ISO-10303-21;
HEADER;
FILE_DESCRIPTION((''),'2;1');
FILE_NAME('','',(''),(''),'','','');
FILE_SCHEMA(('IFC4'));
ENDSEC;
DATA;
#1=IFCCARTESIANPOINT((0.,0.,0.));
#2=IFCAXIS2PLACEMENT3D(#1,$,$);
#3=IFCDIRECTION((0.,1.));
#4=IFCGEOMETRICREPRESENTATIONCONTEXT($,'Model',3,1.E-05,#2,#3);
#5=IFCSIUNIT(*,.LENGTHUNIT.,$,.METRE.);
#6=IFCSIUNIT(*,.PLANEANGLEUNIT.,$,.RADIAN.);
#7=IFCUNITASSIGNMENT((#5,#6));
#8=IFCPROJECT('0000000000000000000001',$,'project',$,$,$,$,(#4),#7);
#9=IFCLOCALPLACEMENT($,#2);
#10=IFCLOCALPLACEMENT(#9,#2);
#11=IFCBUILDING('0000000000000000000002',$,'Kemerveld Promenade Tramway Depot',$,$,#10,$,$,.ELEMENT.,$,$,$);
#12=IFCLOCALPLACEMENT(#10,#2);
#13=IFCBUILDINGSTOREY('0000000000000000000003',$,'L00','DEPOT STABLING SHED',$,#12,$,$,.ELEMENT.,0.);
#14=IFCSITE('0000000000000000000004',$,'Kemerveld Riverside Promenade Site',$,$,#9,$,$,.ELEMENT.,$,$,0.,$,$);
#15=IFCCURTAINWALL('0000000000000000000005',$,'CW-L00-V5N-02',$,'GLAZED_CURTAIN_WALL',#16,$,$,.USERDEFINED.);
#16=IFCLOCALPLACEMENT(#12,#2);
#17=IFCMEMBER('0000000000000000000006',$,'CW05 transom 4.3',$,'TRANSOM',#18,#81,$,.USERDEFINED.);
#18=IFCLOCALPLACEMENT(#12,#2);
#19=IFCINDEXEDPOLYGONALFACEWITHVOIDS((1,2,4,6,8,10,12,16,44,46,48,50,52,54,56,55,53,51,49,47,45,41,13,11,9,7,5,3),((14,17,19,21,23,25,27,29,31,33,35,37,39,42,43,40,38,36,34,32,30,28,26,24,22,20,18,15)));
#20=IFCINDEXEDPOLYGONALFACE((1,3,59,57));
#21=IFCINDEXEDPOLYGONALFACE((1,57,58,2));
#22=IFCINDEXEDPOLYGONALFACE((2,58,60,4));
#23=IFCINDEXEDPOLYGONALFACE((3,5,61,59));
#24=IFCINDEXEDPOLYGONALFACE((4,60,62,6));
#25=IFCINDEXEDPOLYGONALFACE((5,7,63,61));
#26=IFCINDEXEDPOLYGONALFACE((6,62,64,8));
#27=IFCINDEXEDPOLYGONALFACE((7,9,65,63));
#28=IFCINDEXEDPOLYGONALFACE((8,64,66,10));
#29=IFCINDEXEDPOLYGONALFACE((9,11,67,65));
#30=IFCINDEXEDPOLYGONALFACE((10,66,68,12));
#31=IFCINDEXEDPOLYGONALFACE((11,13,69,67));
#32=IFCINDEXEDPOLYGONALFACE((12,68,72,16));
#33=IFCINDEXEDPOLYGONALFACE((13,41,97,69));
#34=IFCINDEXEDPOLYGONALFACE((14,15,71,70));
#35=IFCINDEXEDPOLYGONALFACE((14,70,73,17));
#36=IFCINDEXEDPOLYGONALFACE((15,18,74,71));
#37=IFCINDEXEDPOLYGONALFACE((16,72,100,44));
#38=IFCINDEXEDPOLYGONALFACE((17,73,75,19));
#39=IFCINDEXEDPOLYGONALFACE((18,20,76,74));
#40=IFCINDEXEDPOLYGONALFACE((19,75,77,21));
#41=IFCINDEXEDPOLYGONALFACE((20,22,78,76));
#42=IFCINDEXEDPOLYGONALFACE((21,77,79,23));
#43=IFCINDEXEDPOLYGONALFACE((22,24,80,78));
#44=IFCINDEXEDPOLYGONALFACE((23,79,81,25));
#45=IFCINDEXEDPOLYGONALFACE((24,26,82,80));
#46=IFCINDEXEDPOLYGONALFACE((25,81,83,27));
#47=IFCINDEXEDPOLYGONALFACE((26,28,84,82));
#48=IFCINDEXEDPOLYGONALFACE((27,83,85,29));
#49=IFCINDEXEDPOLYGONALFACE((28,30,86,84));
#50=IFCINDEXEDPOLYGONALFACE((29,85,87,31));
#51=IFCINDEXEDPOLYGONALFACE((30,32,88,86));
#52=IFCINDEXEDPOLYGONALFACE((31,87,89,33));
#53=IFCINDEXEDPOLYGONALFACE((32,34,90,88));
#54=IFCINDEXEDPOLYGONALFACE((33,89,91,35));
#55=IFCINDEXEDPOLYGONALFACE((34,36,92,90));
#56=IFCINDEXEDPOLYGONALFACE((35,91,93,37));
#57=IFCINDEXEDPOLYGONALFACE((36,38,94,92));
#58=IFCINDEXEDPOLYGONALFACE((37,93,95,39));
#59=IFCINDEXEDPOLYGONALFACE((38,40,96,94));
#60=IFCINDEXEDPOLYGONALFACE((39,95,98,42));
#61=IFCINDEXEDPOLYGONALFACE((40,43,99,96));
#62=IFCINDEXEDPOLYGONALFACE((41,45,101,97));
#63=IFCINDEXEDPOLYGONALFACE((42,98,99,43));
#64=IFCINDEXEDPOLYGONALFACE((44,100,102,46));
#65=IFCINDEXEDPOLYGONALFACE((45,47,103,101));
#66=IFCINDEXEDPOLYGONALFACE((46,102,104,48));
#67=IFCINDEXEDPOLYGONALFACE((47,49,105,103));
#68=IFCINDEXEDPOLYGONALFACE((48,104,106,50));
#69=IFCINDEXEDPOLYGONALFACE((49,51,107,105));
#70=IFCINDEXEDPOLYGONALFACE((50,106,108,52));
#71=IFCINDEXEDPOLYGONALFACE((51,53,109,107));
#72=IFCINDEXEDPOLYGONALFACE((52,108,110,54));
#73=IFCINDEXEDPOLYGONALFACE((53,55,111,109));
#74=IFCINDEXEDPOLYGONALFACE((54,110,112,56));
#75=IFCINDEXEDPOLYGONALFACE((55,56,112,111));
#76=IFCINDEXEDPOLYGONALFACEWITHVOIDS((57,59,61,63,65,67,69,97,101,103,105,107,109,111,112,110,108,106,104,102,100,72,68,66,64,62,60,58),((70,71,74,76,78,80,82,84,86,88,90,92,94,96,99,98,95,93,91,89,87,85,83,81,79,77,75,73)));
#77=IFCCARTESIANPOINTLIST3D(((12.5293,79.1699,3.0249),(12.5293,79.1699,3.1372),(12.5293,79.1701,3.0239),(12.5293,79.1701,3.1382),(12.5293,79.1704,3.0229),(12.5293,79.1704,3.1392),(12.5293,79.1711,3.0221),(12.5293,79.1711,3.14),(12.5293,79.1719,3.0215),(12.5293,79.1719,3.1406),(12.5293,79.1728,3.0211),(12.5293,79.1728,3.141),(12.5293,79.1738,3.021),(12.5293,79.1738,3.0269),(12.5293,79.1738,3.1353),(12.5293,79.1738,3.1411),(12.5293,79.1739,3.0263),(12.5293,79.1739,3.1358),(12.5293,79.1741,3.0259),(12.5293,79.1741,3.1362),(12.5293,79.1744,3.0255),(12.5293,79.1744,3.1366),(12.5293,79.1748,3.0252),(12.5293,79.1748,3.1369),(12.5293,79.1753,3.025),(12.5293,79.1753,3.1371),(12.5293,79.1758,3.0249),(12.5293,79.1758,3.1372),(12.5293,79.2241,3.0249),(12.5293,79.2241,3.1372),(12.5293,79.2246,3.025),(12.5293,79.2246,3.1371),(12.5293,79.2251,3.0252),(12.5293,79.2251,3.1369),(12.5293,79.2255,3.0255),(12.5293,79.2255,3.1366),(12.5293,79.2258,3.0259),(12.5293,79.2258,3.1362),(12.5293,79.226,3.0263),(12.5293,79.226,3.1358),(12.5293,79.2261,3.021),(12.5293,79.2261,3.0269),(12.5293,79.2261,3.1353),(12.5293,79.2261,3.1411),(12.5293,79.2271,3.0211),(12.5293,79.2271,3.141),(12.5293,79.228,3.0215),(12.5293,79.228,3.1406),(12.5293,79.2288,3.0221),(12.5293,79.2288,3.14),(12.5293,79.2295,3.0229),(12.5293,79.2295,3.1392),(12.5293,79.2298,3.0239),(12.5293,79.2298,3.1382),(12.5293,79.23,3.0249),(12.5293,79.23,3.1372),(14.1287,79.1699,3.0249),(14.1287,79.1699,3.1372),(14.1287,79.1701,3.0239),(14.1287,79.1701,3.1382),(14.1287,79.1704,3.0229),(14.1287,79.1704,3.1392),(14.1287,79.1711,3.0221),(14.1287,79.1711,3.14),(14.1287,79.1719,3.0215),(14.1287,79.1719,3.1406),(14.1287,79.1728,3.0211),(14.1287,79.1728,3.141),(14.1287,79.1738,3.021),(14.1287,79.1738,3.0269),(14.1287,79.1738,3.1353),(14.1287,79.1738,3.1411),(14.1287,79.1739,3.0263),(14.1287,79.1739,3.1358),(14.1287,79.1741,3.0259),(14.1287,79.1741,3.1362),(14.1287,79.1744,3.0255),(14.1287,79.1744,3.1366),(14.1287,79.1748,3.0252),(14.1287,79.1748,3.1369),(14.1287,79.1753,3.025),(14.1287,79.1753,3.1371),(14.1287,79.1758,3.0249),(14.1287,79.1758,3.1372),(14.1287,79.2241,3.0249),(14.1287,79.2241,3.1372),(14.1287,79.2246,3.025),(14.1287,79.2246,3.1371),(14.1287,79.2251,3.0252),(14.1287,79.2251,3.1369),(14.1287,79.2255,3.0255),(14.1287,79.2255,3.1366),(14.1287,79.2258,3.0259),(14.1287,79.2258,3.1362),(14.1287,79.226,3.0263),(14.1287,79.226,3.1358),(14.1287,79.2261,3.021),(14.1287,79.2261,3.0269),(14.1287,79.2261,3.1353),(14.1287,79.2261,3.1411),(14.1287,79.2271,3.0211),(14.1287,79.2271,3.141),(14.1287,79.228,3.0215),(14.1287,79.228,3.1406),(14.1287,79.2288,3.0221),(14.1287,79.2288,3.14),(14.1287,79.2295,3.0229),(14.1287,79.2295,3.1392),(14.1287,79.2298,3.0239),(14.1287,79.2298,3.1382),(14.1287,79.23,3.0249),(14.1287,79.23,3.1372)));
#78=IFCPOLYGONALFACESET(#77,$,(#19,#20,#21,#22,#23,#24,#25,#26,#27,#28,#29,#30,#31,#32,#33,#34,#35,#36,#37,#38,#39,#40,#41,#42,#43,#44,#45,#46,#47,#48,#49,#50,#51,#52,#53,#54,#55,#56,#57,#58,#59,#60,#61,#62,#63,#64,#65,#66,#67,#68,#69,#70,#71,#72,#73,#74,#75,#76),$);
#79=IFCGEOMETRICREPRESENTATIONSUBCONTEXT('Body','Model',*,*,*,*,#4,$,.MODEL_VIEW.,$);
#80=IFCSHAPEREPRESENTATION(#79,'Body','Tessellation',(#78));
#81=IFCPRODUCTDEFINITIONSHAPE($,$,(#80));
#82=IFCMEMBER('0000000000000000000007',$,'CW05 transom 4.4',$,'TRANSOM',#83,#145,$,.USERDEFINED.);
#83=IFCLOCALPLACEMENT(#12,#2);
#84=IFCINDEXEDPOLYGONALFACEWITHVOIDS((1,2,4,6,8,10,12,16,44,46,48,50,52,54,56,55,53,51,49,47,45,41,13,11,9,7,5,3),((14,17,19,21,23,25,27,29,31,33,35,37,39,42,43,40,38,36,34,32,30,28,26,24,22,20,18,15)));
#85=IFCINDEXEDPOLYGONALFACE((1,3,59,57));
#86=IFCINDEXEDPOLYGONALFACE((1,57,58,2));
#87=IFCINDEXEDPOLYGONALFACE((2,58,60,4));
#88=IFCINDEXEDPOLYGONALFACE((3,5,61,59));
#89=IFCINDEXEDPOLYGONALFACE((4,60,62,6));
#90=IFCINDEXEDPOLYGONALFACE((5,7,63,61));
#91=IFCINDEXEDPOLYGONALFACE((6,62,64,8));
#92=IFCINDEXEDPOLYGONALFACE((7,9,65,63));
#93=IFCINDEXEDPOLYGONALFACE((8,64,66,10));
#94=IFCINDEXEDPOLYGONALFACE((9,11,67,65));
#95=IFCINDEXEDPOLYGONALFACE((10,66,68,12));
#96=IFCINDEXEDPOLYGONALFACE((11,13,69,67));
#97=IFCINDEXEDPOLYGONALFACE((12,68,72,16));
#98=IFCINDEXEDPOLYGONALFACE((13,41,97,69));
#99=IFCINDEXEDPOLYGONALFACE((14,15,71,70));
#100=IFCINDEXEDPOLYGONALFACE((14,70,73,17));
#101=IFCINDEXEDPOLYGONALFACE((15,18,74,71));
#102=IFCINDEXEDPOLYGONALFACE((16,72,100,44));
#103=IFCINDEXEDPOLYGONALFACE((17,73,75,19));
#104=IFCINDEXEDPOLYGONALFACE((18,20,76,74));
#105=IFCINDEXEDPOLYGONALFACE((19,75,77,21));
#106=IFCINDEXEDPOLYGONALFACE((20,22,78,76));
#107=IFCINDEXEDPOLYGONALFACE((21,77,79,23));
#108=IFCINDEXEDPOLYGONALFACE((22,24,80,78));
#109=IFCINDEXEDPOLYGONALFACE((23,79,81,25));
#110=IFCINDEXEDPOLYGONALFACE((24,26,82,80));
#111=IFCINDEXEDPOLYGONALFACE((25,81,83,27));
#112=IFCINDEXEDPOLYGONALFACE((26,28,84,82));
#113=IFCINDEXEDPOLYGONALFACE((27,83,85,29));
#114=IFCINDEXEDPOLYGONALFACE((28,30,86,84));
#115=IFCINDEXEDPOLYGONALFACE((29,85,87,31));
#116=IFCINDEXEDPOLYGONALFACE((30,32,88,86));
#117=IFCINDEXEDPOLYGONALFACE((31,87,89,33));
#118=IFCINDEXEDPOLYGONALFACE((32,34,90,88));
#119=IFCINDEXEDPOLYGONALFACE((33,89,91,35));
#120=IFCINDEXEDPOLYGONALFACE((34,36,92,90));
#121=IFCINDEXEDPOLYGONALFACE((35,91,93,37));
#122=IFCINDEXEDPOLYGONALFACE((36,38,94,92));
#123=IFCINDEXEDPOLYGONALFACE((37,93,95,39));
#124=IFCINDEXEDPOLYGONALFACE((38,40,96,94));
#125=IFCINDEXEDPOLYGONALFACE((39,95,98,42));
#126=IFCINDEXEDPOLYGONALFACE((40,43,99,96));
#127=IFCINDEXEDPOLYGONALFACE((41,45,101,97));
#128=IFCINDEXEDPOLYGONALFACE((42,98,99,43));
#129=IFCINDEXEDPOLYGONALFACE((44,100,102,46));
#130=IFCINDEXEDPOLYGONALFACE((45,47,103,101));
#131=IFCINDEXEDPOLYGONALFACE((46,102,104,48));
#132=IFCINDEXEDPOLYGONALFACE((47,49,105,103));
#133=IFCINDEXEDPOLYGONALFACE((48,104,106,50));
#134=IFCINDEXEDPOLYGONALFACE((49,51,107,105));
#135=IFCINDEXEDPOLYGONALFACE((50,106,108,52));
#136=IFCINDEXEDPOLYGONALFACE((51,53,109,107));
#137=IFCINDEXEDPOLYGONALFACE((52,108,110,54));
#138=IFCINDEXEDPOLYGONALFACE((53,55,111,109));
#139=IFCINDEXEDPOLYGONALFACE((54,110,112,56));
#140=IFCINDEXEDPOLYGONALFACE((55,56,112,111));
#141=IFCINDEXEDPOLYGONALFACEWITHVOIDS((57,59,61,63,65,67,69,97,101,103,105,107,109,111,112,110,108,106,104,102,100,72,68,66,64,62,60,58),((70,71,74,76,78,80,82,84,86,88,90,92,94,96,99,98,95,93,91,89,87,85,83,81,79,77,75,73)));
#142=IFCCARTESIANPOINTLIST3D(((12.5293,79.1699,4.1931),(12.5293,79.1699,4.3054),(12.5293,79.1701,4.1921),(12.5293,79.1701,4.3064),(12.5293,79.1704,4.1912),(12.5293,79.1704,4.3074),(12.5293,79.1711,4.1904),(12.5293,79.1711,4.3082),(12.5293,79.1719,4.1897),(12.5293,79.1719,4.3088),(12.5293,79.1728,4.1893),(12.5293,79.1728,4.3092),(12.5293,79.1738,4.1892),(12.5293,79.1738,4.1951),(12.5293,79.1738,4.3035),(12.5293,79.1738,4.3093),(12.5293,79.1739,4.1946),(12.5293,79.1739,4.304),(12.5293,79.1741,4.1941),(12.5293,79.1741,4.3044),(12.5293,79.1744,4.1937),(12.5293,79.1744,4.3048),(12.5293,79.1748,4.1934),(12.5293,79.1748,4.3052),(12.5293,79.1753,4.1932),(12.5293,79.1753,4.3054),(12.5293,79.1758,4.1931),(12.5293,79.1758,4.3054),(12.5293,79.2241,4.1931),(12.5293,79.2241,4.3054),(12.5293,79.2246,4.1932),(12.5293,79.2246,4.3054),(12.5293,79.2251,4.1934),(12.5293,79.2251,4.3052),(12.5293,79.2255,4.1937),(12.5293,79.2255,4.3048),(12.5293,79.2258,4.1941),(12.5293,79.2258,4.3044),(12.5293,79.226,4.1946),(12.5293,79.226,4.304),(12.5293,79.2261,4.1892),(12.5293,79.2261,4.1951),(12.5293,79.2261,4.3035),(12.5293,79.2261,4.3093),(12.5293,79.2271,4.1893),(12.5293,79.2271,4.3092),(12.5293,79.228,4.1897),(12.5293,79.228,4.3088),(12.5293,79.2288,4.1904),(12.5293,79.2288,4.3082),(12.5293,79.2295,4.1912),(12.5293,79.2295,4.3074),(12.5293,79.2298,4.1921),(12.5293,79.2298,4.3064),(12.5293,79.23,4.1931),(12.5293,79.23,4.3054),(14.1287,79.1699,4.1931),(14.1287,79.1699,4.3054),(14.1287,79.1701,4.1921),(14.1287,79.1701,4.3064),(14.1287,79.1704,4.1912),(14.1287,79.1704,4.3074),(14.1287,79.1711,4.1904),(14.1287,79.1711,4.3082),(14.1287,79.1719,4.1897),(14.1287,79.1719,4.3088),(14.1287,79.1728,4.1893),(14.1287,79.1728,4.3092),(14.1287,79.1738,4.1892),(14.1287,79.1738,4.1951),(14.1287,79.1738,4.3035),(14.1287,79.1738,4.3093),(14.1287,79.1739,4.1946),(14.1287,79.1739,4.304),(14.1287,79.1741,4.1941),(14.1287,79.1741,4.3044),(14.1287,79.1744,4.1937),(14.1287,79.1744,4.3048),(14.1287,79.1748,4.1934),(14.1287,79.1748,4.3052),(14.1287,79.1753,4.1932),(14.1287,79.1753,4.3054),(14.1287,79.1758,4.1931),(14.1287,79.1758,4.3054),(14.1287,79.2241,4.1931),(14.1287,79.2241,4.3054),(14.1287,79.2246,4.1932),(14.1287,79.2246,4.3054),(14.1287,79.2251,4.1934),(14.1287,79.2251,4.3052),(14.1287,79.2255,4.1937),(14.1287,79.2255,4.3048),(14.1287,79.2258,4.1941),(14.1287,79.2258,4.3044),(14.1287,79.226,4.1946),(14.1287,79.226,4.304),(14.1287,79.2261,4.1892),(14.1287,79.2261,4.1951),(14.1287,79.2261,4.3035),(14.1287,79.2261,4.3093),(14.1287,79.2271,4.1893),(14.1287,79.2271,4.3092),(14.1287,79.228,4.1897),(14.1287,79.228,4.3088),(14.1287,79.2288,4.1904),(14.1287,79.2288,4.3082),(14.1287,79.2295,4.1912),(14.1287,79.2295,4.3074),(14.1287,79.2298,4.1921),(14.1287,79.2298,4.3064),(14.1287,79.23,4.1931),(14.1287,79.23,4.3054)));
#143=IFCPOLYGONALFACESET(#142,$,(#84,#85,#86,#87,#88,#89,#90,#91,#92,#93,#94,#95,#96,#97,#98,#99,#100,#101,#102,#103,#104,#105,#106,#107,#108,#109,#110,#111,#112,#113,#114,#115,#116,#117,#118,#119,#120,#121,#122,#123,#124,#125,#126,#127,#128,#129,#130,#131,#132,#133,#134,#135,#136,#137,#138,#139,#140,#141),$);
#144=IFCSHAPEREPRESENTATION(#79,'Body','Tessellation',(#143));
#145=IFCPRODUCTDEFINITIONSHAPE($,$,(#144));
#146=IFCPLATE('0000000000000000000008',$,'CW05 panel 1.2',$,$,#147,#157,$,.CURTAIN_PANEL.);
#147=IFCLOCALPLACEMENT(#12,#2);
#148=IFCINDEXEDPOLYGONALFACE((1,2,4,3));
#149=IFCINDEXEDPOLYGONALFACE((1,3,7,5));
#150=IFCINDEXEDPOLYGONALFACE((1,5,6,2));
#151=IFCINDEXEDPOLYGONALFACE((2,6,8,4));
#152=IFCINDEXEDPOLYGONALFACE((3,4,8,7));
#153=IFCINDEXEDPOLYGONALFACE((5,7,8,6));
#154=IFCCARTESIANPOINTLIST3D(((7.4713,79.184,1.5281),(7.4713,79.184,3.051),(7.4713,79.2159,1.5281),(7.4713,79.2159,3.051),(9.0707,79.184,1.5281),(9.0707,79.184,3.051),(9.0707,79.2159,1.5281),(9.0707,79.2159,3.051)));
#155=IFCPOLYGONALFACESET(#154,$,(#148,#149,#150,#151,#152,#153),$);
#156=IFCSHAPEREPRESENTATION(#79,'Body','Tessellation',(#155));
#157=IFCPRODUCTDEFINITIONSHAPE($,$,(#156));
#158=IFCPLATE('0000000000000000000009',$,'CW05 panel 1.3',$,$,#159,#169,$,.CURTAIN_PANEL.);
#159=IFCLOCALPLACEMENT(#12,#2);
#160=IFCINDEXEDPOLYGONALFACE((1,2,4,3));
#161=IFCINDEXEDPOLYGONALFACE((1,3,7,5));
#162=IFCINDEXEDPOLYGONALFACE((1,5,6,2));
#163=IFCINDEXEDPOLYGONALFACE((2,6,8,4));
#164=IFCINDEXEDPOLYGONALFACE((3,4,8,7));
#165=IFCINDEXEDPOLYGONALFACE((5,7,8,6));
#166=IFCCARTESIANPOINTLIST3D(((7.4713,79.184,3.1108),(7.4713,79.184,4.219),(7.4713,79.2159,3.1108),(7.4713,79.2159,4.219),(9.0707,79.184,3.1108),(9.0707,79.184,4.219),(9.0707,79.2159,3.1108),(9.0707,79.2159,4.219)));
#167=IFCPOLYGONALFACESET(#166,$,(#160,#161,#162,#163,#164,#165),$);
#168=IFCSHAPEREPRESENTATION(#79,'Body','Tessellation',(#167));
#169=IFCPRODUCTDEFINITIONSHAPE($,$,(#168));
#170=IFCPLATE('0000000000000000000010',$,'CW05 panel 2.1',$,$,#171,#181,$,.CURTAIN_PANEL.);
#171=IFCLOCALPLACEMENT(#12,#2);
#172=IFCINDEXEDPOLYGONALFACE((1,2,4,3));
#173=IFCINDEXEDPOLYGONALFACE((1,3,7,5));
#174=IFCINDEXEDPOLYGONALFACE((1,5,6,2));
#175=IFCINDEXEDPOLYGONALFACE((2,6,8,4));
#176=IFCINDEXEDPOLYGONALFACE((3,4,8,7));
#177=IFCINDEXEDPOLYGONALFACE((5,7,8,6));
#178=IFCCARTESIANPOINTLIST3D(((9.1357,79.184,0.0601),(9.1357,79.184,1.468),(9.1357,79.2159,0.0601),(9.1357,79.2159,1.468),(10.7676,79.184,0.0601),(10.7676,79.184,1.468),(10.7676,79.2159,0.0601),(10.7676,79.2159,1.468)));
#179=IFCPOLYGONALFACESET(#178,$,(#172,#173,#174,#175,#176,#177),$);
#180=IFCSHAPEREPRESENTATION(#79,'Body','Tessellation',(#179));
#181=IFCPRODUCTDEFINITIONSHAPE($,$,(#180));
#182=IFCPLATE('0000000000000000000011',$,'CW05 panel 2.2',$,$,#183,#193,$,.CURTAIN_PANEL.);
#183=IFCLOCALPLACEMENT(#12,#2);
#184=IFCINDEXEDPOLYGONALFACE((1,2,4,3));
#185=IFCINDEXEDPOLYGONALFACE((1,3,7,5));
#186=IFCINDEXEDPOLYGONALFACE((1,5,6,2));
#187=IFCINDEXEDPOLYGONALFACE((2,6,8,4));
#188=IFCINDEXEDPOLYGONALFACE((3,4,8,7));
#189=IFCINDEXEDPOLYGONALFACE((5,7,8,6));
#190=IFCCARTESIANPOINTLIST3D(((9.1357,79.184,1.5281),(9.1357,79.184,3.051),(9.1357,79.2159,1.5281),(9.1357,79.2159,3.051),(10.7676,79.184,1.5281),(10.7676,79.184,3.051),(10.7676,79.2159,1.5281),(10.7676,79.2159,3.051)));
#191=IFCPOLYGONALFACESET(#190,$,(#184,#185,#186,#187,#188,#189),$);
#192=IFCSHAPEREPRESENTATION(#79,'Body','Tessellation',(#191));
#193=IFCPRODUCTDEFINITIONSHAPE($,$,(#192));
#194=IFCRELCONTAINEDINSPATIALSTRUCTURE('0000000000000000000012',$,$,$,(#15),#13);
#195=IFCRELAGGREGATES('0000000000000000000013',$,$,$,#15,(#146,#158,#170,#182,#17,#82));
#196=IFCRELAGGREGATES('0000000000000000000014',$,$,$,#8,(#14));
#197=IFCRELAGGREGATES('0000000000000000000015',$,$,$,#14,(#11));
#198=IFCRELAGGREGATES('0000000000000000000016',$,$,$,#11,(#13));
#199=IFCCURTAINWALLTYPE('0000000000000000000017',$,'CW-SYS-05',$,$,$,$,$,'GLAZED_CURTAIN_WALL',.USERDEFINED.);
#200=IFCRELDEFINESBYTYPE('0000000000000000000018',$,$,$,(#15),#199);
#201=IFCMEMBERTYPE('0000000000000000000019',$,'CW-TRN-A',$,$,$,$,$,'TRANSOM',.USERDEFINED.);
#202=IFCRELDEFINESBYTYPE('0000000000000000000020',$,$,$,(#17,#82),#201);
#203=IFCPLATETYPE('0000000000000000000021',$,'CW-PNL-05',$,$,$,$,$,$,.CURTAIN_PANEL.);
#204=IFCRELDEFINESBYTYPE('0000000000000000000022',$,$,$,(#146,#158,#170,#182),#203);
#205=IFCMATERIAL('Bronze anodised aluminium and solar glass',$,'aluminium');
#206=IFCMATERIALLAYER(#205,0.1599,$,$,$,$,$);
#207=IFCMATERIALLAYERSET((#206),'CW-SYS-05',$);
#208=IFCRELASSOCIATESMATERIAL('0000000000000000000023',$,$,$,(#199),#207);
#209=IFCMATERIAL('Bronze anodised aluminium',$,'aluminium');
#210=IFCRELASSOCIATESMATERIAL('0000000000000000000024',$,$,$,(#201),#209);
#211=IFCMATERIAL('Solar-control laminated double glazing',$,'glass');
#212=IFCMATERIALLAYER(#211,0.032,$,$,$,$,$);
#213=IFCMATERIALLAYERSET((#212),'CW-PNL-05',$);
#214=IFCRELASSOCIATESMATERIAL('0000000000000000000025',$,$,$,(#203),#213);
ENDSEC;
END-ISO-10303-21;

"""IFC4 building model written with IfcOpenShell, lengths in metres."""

from ifc_helpers import new_model, si_unit, direction, frame, origin, origin_2d, place, context, subcontext, project, spatial, rectangle, hollow_rectangle, extrude, material, layer, layer_set, material_profile, profile_set, type_object, element, aggregate, save


model = new_model("IFC4")

# Units and contexts
model_context = context("Model", 3, precision=1e-05, world=origin(), true_north=direction((0.0, 1.0)))
body_context = subcontext(model_context, "Body", "Model", "MODEL_VIEW")
ifc_project = project(units=[si_unit("LENGTHUNIT", "METRE"), si_unit("PLANEANGLEUNIT", "RADIAN")], contexts=[model_context])

# Site, building, storey
site_placement = place(None, origin())
site = spatial("IfcSite", under=ifc_project, at=site_placement, Name="Kemerveld Riverside Promenade Site", CompositionType="ELEMENT", RefElevation=0.0)
building_placement = place(site_placement, origin())
building = spatial("IfcBuilding", under=site, at=building_placement, Name="Kemerveld Promenade Tramway Depot", CompositionType="ELEMENT")
storey_placement = place(building_placement, origin())
storey = spatial("IfcBuildingStorey", under=building, at=storey_placement, Name="L00", Description="DEPOT STABLING SHED", CompositionType="ELEMENT", Elevation=0.0)

# Curtain wall, members, plates
ifc_material_1 = material(Name="Bronze anodised aluminium and solar glass", Category="aluminium")
ifc_layer_1 = layer(ifc_material_1, 0.1599)
ifc_layer_set_1 = layer_set([ifc_layer_1], Name="CW-SYS-05")
curtain_wall_type = type_object("IfcCurtainWallType", Name="CW-SYS-05", ElementType="GLAZED_CURTAIN_WALL", PredefinedType="USERDEFINED", material=ifc_layer_set_1)
curtain_wall_placement = place(storey_placement, origin())
curtain_wall = element("IfcCurtainWall", 1, at=curtain_wall_placement, inside=storey, type_object=curtain_wall_type, Name="CW-L00-V5N-02", ObjectType="GLAZED_CURTAIN_WALL", PredefinedType="USERDEFINED")
ifc_material_2 = material(Name="Bronze anodised aluminium", Category="aluminium")
ifc_material_profile_1 = material_profile(ifc_material_2, hollow_rectangle(XDim=0.0601, YDim=0.1201, WallThickness=0.0039, InnerFilletRadius=0.002, OuterFilletRadius=0.0039, at=origin_2d()), Name="CW-TRN-120x60")
ifc_profile_set_1 = profile_set([ifc_material_profile_1], Name="Bronze anodised aluminium")
member_type_1 = type_object("IfcMemberType", Name="CW-TRN-A", ElementType="TRANSOM", PredefinedType="USERDEFINED", material=ifc_profile_set_1)
member_1_placement = place(storey_placement, frame((12.5293, 79.2, 3.0811), z_axis=(1.0, 0.0, 0.0), x_axis=(0.0, 1.0, 0.0)))
member_1 = element("IfcMember", 2, at=member_1_placement, type_object=member_type_1, Name="CW05 transom 4.3", ObjectType="TRANSOM", PredefinedType="USERDEFINED", context=body_context, shape_type="SweptSolid", body=[
    extrude(hollow_rectangle(XDim=0.0601, YDim=0.1201, WallThickness=0.0039, InnerFilletRadius=0.002, OuterFilletRadius=0.0039, at=origin_2d()), origin(), (0.0, 0.0, 1.0), 1.5994),
])
member_2_placement = place(storey_placement, frame((12.5293, 79.2, 4.2493), z_axis=(1.0, 0.0, 0.0), x_axis=(0.0, 1.0, 0.0)))
member_2 = element("IfcMember", 3, at=member_2_placement, type_object=member_type_1, Name="CW05 transom 4.4", ObjectType="TRANSOM", PredefinedType="USERDEFINED", context=body_context, shape_type="SweptSolid", body=[
    extrude(hollow_rectangle(XDim=0.0601, YDim=0.1201, WallThickness=0.0039, InnerFilletRadius=0.002, OuterFilletRadius=0.0039, at=origin_2d()), origin(), (0.0, 0.0, 1.0), 1.5994),
])
ifc_material_3 = material(Name="Solar-control laminated double glazing", Category="glass")
ifc_layer_2 = layer(ifc_material_3, 0.032)
ifc_layer_set_2 = layer_set([ifc_layer_2], Name="CW-PNL-05")
plate_type_1 = type_object("IfcPlateType", Name="CW-PNL-05", PredefinedType="CURTAIN_PANEL", material=ifc_layer_set_2)
plate_1_placement = place(storey_placement, frame((8.271, 79.2, 1.5281), z_axis=(0.0, 0.0, 1.0), x_axis=(1.0, 0.0, 0.0)))
plate_1 = element("IfcPlate", 4, at=plate_1_placement, type_object=plate_type_1, Name="CW05 panel 1.2", PredefinedType="CURTAIN_PANEL", context=body_context, shape_type="SweptSolid", body=[
    extrude(rectangle(XDim=1.5994, YDim=0.032, at=origin_2d()), origin(), (0.0, 0.0, 1.0), 1.5229),
])
plate_2_placement = place(storey_placement, frame((8.271, 79.2, 3.1108), z_axis=(0.0, 0.0, 1.0), x_axis=(1.0, 0.0, 0.0)))
plate_2 = element("IfcPlate", 5, at=plate_2_placement, type_object=plate_type_1, Name="CW05 panel 1.3", PredefinedType="CURTAIN_PANEL", context=body_context, shape_type="SweptSolid", body=[
    extrude(rectangle(XDim=1.5994, YDim=0.032, at=origin_2d()), origin(), (0.0, 0.0, 1.0), 1.1082),
])
plate_3_placement = place(storey_placement, frame((9.9517, 79.2, 0.0601), z_axis=(0.0, 0.0, 1.0), x_axis=(1.0, 0.0, 0.0)))
plate_3 = element("IfcPlate", 6, at=plate_3_placement, type_object=plate_type_1, Name="CW05 panel 2.1", PredefinedType="CURTAIN_PANEL", context=body_context, shape_type="SweptSolid", body=[
    extrude(rectangle(XDim=1.6318, YDim=0.032, at=origin_2d()), origin(), (0.0, 0.0, 1.0), 1.408),
])
plate_4_placement = place(storey_placement, frame((9.9517, 79.2, 1.5281), z_axis=(0.0, 0.0, 1.0), x_axis=(1.0, 0.0, 0.0)))
plate_4 = element("IfcPlate", 7, at=plate_4_placement, type_object=plate_type_1, Name="CW05 panel 2.2", PredefinedType="CURTAIN_PANEL", context=body_context, shape_type="SweptSolid", body=[
    extrude(rectangle(XDim=1.6318, YDim=0.032, at=origin_2d()), origin(), (0.0, 0.0, 1.0), 1.5229),
])
aggregate(curtain_wall, [plate_1, plate_2, plate_3, plate_4, member_1, member_2])

save(model, "model.ifc")
